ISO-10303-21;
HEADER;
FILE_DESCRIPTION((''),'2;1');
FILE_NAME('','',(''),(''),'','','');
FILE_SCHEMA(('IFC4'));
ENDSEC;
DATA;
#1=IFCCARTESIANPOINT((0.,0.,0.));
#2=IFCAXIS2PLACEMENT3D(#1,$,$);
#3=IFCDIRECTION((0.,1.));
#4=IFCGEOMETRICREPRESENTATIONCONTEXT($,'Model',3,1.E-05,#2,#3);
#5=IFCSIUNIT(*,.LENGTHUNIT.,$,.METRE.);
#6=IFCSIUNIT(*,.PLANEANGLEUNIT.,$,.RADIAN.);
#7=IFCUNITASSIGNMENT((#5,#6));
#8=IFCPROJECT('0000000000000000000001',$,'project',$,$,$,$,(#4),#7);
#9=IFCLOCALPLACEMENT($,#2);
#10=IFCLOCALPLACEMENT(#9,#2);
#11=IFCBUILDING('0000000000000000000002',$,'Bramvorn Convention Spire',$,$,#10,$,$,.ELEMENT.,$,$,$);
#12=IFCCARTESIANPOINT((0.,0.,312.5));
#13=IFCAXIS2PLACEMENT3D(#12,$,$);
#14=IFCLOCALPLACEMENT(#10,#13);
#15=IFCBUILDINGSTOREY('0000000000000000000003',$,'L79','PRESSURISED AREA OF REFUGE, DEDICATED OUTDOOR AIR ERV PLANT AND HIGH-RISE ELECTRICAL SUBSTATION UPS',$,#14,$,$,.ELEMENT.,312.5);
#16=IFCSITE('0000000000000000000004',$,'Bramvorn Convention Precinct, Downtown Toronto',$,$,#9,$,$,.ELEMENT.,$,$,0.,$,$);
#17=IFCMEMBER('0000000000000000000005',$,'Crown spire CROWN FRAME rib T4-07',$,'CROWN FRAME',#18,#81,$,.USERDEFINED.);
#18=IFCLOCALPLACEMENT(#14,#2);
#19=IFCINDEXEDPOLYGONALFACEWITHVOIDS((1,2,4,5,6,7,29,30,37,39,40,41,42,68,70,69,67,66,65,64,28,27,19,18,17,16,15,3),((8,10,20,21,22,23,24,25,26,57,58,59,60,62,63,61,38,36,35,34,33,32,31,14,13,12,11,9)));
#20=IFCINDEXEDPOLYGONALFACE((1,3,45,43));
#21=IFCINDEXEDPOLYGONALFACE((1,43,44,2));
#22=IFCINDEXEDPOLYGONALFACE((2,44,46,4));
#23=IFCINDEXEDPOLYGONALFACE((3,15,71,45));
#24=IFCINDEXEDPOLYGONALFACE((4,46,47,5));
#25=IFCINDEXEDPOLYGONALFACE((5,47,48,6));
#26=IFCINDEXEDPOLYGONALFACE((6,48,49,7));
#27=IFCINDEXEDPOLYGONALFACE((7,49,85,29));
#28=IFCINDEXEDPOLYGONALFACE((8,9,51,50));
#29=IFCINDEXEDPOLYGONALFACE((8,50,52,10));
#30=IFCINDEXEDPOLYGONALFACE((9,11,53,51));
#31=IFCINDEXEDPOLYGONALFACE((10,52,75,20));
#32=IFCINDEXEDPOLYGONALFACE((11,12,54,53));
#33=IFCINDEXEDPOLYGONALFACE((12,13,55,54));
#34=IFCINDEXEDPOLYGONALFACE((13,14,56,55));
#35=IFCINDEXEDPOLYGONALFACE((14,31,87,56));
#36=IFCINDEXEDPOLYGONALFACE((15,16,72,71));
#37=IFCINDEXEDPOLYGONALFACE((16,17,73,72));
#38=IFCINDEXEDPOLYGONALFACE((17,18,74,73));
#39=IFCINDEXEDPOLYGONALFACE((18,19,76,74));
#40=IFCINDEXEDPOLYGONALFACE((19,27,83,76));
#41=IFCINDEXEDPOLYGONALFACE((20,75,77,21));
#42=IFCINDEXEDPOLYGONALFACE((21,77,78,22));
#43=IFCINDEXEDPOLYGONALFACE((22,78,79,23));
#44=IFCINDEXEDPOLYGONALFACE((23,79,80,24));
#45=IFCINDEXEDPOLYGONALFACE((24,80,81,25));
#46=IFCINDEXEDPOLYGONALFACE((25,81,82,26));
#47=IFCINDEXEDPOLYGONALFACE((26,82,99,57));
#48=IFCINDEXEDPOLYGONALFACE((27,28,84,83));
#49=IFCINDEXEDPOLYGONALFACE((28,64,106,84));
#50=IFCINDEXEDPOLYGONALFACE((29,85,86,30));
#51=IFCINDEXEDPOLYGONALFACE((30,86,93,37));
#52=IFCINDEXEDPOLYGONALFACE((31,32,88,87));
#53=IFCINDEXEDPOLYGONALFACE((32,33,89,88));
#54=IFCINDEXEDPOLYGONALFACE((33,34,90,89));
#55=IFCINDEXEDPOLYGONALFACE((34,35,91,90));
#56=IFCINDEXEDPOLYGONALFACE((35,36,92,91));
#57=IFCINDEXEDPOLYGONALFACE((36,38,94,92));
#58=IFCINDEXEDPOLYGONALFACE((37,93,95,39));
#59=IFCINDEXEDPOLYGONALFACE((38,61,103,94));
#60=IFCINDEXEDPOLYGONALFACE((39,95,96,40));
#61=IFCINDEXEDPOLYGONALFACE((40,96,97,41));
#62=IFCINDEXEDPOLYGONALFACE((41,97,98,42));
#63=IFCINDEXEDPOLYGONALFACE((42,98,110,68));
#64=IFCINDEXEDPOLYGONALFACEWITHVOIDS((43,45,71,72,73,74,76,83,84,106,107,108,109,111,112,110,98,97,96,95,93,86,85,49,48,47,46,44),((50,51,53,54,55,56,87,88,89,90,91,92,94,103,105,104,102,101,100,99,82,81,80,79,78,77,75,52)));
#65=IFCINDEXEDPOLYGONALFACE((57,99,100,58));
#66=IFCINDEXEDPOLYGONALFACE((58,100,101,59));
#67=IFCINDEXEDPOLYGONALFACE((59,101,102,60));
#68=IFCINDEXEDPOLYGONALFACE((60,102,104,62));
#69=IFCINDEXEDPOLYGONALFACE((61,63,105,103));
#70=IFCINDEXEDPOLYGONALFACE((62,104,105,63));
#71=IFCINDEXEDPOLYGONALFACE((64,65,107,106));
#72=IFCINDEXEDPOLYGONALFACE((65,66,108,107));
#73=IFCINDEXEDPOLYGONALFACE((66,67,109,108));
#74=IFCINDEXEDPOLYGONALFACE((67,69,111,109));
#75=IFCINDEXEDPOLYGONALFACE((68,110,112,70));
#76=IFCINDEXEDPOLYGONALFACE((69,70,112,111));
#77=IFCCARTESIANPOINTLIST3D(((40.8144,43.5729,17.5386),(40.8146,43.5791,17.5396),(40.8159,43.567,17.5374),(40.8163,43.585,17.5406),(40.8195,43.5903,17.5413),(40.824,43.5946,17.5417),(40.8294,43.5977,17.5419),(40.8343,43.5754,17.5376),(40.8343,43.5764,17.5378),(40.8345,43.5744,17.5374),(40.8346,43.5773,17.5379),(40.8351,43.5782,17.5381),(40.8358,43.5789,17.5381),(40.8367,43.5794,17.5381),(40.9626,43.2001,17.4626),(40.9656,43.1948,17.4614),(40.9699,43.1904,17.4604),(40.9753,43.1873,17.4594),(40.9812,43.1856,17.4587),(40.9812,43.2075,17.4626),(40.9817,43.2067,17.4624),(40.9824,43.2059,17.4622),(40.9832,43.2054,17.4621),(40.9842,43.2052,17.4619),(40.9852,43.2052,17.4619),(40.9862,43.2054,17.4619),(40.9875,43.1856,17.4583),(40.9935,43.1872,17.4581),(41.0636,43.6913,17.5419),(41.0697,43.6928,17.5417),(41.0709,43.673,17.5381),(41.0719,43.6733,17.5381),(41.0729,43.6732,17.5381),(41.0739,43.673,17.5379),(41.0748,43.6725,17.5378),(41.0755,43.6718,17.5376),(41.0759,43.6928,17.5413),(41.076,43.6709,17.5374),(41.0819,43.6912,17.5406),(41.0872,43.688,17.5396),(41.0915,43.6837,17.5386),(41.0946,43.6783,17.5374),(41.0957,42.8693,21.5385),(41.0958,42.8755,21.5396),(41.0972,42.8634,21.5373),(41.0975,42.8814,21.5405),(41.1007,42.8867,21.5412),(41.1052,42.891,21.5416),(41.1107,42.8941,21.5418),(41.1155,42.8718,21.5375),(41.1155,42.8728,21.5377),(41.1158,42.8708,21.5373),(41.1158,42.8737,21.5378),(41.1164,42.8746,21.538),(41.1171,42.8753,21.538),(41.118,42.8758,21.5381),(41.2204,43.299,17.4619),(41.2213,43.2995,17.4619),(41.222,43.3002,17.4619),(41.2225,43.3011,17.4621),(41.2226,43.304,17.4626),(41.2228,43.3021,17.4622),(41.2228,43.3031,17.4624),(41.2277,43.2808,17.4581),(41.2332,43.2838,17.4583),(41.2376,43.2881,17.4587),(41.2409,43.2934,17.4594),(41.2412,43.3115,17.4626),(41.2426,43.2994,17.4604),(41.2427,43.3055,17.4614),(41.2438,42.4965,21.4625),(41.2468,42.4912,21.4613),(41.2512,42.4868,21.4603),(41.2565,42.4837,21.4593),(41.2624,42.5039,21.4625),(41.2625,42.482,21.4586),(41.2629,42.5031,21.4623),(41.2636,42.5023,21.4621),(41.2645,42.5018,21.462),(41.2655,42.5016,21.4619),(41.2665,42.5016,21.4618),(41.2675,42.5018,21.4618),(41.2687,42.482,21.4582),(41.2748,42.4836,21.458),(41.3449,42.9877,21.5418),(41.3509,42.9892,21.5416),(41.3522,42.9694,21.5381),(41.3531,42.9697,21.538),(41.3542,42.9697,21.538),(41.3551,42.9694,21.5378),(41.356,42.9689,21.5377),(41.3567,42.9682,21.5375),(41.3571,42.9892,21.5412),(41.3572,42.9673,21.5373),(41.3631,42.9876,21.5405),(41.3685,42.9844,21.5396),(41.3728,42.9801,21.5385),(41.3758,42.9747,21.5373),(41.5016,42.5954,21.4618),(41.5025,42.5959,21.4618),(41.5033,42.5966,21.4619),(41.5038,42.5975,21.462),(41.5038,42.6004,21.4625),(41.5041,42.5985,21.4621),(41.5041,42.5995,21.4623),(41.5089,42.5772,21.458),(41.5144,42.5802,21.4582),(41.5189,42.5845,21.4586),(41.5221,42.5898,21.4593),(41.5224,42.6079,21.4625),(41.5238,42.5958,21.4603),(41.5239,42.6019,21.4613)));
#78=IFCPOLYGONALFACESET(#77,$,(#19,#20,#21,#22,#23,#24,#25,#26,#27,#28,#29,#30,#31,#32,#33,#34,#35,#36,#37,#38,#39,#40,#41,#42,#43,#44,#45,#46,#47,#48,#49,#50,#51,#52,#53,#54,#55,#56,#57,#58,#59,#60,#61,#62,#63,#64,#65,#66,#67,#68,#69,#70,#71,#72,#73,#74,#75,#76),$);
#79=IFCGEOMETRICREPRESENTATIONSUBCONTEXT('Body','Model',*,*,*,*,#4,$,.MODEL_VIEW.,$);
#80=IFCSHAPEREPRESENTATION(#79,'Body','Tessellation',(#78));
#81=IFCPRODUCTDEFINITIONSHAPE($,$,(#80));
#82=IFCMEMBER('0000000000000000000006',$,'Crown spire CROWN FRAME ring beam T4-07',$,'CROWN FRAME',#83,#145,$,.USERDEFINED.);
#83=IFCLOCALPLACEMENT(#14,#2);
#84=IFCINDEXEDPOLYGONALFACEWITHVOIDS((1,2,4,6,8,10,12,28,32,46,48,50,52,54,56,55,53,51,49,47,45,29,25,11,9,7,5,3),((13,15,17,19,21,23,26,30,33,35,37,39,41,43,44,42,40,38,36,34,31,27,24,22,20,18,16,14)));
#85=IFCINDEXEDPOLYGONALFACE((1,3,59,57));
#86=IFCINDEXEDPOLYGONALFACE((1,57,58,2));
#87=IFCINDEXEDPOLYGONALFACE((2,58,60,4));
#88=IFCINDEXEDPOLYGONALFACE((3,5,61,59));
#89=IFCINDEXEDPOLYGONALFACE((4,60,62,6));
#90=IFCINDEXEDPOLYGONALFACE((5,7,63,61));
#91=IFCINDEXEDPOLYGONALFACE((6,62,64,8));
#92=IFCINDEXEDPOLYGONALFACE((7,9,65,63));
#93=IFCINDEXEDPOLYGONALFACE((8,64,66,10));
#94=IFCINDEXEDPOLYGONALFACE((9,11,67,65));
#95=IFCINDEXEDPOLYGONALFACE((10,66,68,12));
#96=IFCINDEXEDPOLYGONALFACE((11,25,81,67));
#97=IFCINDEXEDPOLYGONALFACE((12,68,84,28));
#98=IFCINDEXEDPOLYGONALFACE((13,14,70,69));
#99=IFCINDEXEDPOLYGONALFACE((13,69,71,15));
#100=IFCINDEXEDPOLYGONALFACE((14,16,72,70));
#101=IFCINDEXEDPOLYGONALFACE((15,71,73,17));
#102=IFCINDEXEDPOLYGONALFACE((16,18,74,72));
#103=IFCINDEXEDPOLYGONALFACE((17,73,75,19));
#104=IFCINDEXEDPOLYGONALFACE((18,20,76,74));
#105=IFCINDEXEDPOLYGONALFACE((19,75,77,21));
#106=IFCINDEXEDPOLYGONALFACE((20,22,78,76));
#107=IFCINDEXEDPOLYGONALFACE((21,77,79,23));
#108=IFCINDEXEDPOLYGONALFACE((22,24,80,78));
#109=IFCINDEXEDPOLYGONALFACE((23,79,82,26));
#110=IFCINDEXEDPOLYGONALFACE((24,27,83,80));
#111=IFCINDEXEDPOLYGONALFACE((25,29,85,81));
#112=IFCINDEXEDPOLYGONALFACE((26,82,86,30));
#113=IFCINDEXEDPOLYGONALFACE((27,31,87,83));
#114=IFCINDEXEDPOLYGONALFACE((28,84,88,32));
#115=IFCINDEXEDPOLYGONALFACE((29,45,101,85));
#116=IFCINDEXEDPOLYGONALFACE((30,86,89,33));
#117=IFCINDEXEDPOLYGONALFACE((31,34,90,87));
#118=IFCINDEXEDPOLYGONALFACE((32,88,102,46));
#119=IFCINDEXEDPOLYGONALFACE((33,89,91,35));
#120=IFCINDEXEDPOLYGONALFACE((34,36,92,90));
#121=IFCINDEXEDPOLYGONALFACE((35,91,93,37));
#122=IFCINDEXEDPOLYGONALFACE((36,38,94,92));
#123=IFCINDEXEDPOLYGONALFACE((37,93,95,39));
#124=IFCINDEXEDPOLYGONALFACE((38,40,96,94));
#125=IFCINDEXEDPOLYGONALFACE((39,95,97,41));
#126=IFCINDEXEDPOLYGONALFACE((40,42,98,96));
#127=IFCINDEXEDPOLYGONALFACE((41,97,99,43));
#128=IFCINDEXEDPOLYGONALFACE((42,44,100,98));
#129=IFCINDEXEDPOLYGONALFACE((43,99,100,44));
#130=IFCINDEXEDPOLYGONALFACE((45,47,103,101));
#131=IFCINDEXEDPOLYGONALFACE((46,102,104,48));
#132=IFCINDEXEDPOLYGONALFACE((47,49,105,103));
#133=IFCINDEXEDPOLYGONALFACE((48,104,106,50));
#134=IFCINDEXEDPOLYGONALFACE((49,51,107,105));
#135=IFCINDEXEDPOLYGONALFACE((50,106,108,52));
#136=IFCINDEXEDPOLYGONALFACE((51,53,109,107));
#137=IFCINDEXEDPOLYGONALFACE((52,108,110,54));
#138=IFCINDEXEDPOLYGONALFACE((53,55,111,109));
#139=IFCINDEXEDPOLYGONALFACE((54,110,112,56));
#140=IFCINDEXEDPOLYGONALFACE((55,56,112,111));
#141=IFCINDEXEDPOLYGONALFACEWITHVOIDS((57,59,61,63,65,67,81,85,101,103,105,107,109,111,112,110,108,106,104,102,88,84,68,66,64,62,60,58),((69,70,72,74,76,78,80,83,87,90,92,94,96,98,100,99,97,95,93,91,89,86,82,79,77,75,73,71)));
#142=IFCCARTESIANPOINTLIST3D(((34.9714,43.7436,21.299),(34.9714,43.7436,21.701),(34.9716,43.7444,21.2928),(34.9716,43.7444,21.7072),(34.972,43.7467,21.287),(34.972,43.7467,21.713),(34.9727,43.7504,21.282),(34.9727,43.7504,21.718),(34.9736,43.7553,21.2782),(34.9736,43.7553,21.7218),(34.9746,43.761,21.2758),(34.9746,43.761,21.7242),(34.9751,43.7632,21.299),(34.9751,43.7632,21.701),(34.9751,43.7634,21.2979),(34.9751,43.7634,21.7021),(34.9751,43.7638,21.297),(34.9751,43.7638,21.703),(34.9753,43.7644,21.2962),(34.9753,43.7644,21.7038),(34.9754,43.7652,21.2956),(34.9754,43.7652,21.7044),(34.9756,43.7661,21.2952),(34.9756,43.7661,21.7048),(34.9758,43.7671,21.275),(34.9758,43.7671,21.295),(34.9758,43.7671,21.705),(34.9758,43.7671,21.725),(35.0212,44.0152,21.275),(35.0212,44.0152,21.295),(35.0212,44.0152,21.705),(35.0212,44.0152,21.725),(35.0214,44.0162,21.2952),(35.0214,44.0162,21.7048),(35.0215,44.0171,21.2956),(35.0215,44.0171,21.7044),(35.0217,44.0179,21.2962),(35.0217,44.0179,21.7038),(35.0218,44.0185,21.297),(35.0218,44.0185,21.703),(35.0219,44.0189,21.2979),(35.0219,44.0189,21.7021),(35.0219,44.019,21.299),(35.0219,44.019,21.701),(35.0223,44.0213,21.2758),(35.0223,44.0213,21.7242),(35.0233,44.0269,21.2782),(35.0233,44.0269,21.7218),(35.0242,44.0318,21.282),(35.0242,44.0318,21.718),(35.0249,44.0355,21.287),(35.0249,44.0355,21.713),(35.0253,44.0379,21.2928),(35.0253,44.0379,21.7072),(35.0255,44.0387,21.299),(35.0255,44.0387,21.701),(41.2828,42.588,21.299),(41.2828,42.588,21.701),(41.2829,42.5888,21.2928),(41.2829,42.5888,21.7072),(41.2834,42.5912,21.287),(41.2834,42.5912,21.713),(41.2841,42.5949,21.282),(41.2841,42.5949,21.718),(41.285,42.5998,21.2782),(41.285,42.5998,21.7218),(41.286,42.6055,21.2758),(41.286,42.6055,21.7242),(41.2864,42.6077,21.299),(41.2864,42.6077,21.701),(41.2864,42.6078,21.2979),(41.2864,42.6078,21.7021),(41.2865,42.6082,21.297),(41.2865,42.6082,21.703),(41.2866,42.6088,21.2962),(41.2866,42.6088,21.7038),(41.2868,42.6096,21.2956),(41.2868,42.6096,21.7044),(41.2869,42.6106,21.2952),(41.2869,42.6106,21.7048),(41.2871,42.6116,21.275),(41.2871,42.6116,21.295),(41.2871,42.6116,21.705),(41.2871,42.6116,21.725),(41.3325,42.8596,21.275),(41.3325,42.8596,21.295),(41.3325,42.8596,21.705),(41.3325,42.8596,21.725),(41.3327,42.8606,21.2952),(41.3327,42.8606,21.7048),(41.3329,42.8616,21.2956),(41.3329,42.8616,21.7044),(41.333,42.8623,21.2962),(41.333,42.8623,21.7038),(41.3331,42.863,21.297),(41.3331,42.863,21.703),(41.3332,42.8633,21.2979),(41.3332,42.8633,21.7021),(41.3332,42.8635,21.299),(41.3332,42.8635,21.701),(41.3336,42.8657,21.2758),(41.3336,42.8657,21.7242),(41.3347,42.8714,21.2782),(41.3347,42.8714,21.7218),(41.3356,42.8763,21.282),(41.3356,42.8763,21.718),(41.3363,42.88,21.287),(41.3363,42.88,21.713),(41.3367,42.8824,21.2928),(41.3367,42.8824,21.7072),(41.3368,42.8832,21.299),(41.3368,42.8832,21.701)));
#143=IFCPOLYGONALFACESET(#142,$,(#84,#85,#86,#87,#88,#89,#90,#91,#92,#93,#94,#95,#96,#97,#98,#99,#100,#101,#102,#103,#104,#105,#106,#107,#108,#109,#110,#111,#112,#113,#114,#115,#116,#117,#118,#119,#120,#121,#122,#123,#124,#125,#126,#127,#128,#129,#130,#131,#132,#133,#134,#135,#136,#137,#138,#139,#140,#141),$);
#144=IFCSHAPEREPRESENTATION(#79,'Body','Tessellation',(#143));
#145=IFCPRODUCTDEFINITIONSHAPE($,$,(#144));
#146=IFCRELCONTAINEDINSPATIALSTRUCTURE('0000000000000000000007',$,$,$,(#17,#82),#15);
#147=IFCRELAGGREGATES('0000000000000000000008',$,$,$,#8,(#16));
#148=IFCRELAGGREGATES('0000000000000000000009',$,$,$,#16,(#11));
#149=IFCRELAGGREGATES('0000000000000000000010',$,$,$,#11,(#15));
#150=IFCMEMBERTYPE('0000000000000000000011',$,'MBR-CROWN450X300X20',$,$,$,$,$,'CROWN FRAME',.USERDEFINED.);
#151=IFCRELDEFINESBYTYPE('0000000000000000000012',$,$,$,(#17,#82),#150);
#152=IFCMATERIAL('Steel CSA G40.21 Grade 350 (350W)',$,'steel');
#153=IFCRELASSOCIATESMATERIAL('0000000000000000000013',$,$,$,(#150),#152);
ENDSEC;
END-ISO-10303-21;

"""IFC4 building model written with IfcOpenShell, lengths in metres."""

from ifc_helpers import new_model, si_unit, direction, frame, origin, origin_2d, place, context, subcontext, project, spatial, hollow_rectangle, extrude, material, material_profile, profile_set, type_object, element, save


model = new_model("IFC4")

# Units and contexts
model_context = context("Model", 3, precision=1e-05, world=origin(), true_north=direction((0.0, 1.0)))
body_context = subcontext(model_context, "Body", "Model", "MODEL_VIEW")
ifc_project = project(units=[si_unit("LENGTHUNIT", "METRE"), si_unit("PLANEANGLEUNIT", "RADIAN")], contexts=[model_context])

# Site, building, storey
site_placement = place(None, origin())
site = spatial("IfcSite", under=ifc_project, at=site_placement, Name="Bramvorn Convention Precinct, Downtown Toronto", CompositionType="ELEMENT", RefElevation=0.0)
building_placement = place(site_placement, origin())
building = spatial("IfcBuilding", under=site, at=building_placement, Name="Bramvorn Convention Spire", CompositionType="ELEMENT")
storey_placement = place(building_placement, frame((0.0, 0.0, 312.5)))
storey = spatial("IfcBuildingStorey", under=building, at=storey_placement, Name="L79", Description="PRESSURISED AREA OF REFUGE, DEDICATED OUTDOOR AIR ERV PLANT AND HIGH-RISE ELECTRICAL SUBSTATION UPS", CompositionType="ELEMENT", Elevation=312.5)

# Shared definitions
ifc_material_1 = material(Name="Steel CSA G40.21 Grade 350 (350W)", Category="steel")

# Members
ifc_material_profile_1 = material_profile(ifc_material_1, hollow_rectangle(XDim=0.3, YDim=0.45, WallThickness=0.02, InnerFilletRadius=0.0039, OuterFilletRadius=0.0239, at=origin_2d()))
ifc_profile_set_1 = profile_set([ifc_material_profile_1], Name="Steel CSA G40.21 Grade 350 (350W) - CROWN450X300X20")
member_type = type_object("IfcMemberType", Name="MBR-CROWN450X300X20", ElementType="CROWN FRAME", PredefinedType="USERDEFINED", material=ifc_profile_set_1)
member_1_placement = place(storey_placement, frame((41.0286, 43.4392, 17.5), z_axis=(0.069084, -0.17283, 0.982526), x_axis=(0.928566, 0.371168, 0.0)))
element("IfcMember", 1, at=member_1_placement, inside=storey, type_object=member_type, Name="Crown spire CROWN FRAME rib T4-07", ObjectType="CROWN FRAME", PredefinedType="USERDEFINED", context=body_context, shape_type="SweptSolid", body=[
    extrude(hollow_rectangle(XDim=0.3, YDim=0.45, WallThickness=0.02, InnerFilletRadius=0.0039, OuterFilletRadius=0.0239, at=origin_2d()), origin(), (0.0, 0.0, 1.0), 4.071),
])
member_2_placement = place(storey_placement, frame((41.3098, 42.7356, 21.5), z_axis=(-0.983649, 0.180094, 0.0), x_axis=(-0.180094, -0.983649, 0.0)))
element("IfcMember", 2, at=member_2_placement, inside=storey, type_object=member_type, Name="Crown spire CROWN FRAME ring beam T4-07", ObjectType="CROWN FRAME", PredefinedType="USERDEFINED", context=body_context, shape_type="SweptSolid", body=[
    extrude(hollow_rectangle(XDim=0.3, YDim=0.45, WallThickness=0.02, InnerFilletRadius=0.0039, OuterFilletRadius=0.0239, at=origin_2d()), origin(), (0.0, 0.0, 1.0), 6.4163),
])

save(model, "model.ifc")
